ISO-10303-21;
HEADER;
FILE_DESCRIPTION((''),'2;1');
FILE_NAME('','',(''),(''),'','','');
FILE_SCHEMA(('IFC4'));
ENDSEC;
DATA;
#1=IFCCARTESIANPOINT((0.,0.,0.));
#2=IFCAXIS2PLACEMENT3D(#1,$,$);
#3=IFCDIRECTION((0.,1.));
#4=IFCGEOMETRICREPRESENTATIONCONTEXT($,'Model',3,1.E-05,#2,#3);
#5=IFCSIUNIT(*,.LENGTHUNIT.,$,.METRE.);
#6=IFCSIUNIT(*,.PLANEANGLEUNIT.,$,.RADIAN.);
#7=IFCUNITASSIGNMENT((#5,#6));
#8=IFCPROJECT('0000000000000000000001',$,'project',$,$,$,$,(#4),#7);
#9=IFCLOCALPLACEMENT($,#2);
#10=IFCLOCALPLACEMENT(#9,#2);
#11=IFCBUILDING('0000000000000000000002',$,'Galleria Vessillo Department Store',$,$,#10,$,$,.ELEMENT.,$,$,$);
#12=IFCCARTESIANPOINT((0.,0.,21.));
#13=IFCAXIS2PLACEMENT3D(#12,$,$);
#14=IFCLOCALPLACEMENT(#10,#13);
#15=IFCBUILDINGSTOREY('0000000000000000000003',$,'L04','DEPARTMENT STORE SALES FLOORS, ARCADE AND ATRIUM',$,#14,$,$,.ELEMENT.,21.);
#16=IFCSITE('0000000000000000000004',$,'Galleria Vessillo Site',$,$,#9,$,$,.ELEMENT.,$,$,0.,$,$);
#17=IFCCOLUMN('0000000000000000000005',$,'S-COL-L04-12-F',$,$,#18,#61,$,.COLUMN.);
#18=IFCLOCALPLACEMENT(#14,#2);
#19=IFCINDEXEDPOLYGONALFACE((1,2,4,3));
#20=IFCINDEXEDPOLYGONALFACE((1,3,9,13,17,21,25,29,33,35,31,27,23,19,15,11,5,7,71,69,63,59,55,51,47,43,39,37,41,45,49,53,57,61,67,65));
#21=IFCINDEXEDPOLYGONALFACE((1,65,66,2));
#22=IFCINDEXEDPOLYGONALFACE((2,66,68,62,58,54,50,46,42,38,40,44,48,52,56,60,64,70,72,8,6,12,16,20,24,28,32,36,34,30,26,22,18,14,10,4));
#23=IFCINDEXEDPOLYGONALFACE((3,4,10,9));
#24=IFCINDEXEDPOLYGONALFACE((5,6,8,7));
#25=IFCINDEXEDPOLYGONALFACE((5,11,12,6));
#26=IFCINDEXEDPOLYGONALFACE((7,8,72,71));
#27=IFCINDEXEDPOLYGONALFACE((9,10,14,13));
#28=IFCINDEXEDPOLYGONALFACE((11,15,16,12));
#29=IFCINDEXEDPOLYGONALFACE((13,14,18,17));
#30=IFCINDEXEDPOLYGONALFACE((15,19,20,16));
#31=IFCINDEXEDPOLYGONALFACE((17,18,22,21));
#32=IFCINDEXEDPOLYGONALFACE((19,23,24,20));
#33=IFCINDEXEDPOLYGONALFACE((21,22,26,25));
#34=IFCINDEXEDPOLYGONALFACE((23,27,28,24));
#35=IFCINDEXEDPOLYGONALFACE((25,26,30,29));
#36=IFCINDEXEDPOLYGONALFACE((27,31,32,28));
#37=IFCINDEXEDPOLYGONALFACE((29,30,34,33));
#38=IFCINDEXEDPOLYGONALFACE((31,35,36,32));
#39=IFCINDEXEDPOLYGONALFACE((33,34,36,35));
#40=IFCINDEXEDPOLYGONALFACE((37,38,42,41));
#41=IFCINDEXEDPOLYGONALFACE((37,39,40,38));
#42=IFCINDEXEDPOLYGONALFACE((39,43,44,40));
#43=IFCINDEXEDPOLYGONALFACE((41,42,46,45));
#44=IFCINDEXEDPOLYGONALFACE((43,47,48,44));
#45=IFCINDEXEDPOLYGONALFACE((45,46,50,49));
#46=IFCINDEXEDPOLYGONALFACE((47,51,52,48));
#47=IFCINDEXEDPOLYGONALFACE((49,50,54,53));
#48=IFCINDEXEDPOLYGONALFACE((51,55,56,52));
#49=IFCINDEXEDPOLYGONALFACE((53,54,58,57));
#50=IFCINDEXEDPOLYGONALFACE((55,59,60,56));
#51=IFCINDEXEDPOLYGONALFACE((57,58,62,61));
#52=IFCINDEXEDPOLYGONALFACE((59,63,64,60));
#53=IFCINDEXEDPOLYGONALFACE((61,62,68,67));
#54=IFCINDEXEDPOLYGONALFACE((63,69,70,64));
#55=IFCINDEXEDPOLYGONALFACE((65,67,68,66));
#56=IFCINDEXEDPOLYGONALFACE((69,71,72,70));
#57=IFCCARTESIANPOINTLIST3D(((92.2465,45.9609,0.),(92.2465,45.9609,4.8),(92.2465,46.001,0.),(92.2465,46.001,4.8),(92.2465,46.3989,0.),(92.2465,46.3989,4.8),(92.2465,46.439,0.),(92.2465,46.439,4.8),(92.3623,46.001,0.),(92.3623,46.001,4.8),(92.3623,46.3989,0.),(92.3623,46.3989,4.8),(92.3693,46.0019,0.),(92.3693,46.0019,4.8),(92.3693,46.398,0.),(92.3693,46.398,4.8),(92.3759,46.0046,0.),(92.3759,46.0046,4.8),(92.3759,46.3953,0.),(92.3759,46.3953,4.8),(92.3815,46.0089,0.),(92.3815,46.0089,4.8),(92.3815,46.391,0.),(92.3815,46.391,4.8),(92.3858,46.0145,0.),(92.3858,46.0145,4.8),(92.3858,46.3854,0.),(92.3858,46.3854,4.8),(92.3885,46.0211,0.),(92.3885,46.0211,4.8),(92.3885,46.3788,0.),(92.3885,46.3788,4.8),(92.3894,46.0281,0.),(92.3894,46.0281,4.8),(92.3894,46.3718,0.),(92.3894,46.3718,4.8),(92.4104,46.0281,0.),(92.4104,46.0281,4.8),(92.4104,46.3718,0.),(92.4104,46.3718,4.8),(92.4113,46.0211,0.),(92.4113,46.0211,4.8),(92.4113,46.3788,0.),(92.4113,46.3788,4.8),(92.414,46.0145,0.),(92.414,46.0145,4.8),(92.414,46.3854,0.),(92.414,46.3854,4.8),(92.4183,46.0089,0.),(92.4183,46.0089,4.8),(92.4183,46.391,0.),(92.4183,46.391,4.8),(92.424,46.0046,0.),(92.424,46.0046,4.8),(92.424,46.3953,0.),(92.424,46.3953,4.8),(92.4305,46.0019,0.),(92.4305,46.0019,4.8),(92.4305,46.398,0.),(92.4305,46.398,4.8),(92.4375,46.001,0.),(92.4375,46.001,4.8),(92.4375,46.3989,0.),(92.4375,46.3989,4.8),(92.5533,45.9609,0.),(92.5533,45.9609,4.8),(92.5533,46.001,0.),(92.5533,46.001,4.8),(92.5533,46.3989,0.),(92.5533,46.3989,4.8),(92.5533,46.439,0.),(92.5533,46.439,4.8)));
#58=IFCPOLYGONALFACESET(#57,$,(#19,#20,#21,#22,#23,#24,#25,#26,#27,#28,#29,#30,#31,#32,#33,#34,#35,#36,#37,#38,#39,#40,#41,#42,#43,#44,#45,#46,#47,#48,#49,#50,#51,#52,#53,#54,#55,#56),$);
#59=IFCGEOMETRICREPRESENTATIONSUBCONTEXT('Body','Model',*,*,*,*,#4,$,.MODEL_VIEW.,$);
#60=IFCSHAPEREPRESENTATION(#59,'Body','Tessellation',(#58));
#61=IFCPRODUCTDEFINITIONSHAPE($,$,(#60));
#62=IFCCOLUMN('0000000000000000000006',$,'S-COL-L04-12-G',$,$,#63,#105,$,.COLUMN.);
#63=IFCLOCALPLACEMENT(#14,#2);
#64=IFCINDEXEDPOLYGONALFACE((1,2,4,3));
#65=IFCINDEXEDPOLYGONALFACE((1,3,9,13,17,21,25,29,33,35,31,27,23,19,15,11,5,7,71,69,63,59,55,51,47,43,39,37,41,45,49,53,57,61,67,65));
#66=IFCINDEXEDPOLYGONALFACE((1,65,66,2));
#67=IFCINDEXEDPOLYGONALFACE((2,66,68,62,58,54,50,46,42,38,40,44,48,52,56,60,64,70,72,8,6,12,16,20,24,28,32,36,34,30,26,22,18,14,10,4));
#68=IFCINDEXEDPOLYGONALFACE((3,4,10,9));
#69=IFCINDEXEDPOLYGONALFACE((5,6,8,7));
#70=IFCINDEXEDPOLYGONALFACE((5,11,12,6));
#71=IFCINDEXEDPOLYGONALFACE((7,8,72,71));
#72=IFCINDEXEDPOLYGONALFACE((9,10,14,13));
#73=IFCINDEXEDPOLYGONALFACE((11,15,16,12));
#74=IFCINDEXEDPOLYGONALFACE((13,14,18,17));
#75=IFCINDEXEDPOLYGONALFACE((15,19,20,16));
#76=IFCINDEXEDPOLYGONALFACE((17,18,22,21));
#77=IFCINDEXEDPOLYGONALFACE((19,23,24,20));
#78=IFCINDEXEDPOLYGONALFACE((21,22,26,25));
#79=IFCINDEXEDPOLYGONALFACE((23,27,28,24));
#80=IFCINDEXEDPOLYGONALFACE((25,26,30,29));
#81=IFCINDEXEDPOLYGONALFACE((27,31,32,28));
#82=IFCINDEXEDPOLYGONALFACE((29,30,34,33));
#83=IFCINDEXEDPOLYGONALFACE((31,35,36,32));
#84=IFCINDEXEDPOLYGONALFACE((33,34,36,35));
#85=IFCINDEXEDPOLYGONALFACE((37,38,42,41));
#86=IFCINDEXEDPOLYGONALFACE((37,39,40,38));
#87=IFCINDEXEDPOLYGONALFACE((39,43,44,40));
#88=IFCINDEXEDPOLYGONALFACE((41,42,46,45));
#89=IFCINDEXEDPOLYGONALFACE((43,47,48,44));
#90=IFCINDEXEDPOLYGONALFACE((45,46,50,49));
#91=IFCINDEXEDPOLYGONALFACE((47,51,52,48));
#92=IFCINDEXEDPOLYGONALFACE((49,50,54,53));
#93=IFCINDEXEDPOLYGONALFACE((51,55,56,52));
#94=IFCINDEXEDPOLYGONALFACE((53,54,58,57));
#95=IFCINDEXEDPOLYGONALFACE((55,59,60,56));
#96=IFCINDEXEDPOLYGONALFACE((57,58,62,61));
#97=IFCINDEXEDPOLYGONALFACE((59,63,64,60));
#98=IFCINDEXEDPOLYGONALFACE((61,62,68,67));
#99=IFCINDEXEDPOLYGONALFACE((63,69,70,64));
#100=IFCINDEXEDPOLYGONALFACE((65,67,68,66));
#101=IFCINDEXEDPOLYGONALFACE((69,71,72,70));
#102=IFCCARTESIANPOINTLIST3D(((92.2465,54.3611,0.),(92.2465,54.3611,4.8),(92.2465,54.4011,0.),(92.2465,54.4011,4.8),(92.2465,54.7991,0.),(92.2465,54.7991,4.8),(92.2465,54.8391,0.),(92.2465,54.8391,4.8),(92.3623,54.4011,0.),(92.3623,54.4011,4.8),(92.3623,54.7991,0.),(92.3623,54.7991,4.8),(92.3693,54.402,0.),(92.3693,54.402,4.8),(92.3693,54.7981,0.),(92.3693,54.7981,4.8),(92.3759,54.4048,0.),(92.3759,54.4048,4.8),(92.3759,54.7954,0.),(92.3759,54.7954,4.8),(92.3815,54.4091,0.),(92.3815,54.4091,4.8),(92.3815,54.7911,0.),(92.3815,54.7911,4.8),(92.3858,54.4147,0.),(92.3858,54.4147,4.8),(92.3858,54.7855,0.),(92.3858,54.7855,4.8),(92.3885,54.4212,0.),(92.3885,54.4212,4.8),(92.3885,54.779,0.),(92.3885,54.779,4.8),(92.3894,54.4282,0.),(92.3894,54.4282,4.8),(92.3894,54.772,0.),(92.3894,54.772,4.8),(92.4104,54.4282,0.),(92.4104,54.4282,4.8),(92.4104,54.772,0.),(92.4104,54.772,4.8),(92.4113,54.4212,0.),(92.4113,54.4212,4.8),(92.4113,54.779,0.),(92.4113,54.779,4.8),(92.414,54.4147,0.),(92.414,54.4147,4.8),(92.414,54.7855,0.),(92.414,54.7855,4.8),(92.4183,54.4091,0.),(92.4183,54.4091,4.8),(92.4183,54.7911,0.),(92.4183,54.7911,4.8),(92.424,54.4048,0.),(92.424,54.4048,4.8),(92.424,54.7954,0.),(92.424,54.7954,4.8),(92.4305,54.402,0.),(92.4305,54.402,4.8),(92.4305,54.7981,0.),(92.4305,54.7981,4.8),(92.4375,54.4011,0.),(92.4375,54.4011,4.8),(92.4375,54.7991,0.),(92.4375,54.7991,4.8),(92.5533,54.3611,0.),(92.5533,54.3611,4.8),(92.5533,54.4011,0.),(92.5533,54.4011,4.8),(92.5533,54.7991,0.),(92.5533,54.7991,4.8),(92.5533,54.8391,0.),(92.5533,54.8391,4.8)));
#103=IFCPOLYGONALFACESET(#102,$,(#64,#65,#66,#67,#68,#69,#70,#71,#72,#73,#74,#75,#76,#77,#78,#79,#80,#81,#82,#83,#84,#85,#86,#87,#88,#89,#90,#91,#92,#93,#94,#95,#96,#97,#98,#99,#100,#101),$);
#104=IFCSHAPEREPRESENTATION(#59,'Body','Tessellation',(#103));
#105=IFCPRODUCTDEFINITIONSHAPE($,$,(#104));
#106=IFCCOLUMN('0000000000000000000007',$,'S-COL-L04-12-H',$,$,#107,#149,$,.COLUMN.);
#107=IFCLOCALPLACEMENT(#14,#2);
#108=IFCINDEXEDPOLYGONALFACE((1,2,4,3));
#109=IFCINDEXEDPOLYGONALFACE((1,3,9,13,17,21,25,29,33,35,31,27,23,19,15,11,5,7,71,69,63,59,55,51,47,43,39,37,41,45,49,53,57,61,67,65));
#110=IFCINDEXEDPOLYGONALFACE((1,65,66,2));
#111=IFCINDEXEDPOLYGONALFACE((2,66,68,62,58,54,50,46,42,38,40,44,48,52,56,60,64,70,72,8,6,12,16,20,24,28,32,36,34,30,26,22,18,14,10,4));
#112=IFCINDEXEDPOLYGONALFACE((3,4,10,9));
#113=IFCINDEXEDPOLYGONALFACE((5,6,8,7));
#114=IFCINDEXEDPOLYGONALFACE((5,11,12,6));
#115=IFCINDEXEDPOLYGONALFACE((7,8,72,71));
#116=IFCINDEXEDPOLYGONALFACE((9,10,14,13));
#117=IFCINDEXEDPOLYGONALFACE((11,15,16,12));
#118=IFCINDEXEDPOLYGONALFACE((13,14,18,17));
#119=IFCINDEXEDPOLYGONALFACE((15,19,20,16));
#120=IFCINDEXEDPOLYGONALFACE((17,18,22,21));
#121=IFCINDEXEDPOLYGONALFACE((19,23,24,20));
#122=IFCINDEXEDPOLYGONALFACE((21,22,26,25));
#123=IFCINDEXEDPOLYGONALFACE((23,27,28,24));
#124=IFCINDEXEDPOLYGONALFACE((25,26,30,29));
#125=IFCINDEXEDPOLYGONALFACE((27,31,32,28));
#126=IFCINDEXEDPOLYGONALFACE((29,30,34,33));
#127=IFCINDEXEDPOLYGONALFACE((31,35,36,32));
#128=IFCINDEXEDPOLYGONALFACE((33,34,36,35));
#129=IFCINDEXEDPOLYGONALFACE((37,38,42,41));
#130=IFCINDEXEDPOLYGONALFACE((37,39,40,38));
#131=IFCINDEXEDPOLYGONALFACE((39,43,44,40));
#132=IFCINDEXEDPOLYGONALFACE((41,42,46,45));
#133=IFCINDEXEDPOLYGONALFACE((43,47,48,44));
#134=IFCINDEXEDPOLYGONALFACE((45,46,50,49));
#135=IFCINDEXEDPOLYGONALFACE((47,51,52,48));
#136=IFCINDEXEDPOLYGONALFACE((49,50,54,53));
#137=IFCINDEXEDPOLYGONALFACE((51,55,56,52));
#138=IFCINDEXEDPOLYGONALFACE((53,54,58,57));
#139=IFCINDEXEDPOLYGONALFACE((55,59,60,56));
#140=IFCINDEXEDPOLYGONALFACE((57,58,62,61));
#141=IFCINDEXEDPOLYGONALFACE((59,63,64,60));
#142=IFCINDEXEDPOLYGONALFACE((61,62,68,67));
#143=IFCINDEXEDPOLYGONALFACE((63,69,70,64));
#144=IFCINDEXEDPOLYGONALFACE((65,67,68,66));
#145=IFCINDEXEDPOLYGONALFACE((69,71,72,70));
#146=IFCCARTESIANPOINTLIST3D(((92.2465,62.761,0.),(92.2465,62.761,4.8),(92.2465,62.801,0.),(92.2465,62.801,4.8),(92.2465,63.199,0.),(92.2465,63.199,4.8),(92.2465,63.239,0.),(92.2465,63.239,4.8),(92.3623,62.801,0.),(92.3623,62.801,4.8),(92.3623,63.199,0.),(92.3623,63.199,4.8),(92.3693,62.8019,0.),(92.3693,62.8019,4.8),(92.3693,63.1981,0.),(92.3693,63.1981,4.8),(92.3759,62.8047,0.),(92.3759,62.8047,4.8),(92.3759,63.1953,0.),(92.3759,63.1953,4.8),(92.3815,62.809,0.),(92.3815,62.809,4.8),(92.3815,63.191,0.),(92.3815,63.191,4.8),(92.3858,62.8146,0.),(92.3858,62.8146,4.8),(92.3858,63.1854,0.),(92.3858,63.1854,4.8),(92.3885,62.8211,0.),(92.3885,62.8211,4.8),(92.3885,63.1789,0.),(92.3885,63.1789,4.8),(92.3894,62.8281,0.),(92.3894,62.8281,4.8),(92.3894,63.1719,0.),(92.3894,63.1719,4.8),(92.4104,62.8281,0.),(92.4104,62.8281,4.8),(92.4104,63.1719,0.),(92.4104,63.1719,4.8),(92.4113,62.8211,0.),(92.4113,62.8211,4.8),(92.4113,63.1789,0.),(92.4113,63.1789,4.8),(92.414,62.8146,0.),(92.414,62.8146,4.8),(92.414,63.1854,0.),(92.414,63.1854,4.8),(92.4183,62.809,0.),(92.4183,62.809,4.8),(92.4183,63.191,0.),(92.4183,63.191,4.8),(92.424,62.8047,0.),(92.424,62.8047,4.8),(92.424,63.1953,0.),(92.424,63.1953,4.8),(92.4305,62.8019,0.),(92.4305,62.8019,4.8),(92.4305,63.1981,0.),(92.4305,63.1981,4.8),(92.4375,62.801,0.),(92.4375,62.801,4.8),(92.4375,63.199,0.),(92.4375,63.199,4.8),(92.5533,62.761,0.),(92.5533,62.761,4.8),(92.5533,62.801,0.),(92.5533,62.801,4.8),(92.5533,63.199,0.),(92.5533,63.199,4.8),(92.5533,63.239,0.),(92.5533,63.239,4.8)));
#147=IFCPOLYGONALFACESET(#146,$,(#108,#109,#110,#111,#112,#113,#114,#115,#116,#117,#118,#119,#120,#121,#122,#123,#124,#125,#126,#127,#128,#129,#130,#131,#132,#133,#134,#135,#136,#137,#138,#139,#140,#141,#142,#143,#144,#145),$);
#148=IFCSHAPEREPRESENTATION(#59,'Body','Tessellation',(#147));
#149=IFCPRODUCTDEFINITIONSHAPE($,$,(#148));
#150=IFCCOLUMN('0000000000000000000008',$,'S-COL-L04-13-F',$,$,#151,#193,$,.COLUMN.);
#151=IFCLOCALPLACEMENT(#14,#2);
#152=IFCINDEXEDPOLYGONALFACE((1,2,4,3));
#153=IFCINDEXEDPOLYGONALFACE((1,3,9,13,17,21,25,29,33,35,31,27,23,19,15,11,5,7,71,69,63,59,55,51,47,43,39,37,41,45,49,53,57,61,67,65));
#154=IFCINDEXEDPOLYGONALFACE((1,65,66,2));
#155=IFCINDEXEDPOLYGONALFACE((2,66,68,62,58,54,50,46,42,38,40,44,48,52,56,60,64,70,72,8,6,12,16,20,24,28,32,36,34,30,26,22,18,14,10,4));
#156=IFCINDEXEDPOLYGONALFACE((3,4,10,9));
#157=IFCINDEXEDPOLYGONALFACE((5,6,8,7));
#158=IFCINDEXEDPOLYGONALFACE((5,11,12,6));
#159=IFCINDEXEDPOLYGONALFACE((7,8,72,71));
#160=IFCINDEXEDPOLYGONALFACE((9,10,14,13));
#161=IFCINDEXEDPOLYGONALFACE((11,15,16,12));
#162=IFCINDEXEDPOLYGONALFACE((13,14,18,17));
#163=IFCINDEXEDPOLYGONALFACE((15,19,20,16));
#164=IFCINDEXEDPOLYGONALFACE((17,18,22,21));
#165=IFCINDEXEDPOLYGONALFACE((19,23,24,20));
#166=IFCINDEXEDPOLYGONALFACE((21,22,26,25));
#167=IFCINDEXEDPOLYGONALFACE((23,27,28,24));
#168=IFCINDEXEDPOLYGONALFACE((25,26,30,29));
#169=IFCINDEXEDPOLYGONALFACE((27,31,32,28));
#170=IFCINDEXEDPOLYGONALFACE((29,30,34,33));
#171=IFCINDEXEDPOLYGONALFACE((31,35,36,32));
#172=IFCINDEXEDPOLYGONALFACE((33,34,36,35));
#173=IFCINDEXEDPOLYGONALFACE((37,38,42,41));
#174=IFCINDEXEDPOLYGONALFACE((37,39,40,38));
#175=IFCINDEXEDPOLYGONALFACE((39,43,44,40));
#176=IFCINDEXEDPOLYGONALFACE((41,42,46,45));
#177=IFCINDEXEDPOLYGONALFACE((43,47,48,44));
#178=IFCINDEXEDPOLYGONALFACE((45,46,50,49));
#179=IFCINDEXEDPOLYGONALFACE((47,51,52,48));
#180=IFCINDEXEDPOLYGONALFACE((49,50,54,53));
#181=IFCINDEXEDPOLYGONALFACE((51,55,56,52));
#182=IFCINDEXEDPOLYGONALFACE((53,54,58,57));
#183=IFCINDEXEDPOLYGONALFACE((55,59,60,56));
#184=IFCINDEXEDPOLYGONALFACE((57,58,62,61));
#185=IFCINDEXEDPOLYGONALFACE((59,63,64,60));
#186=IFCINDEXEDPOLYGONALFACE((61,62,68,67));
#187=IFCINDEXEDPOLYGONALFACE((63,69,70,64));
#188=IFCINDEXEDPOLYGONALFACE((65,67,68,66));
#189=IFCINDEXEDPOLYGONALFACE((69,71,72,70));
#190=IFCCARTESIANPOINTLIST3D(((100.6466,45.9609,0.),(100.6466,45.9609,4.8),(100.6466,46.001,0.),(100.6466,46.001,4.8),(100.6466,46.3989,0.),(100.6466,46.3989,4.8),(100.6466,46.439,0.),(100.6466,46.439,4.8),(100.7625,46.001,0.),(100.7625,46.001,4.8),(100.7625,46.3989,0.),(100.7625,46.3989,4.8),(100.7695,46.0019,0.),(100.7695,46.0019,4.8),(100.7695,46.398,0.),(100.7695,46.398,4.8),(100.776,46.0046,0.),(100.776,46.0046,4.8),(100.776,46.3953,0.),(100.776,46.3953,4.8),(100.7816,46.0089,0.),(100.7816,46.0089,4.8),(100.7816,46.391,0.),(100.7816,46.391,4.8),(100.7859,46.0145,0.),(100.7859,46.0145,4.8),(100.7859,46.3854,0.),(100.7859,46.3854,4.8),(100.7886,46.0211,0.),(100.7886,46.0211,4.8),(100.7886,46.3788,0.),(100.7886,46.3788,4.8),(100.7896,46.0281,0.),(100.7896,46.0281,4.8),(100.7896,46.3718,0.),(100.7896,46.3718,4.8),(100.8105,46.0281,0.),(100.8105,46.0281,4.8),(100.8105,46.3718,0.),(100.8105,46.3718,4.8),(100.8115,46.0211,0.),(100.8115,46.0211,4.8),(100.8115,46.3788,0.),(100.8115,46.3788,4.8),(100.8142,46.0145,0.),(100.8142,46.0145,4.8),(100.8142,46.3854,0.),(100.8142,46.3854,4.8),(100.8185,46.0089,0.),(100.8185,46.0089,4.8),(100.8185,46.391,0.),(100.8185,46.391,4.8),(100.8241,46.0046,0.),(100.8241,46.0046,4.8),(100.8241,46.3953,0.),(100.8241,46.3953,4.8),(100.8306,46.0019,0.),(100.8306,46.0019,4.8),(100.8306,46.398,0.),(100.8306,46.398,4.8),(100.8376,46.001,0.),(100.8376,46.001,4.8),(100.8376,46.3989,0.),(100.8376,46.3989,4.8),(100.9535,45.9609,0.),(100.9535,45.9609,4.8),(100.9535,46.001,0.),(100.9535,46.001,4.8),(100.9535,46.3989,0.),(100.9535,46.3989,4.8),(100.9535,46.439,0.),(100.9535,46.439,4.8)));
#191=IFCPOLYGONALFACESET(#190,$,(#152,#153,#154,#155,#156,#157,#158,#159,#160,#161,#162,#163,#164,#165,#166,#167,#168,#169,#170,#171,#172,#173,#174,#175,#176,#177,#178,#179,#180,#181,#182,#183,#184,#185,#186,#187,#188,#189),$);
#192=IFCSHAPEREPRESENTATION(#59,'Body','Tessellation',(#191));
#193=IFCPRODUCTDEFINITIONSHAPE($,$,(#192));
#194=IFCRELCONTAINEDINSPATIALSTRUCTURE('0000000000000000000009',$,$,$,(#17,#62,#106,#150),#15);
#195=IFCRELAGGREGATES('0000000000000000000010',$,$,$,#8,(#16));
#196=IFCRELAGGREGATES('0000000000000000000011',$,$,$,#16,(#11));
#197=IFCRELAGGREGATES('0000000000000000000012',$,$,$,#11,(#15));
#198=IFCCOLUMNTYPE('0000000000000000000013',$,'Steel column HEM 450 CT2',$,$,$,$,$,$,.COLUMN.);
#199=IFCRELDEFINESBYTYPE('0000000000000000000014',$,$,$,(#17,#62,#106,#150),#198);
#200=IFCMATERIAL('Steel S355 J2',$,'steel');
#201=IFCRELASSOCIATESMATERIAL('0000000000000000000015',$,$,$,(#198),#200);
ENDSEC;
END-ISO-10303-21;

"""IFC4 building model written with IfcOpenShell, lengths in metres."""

from ifc_helpers import new_model, si_unit, direction, frame, origin, origin_2d, place, context, subcontext, project, spatial, i_section, extrude, material, material_profile, profile_set, type_object, element, save


model = new_model("IFC4")

# Units and contexts
model_context = context("Model", 3, precision=1e-05, world=origin(), true_north=direction((0.0, 1.0)))
body_context = subcontext(model_context, "Body", "Model", "MODEL_VIEW")
ifc_project = project(units=[si_unit("LENGTHUNIT", "METRE"), si_unit("PLANEANGLEUNIT", "RADIAN")], contexts=[model_context])

# Site, building, storey
site_placement = place(None, origin())
site = spatial("IfcSite", under=ifc_project, at=site_placement, Name="Galleria Vessillo Site", CompositionType="ELEMENT", RefElevation=0.0)
building_placement = place(site_placement, origin())
building = spatial("IfcBuilding", under=site, at=building_placement, Name="Galleria Vessillo Department Store", CompositionType="ELEMENT")
storey_placement = place(building_placement, frame((0.0, 0.0, 21.0)))
storey = spatial("IfcBuildingStorey", under=building, at=storey_placement, Name="L04", Description="DEPARTMENT STORE SALES FLOORS, ARCADE AND ATRIUM", CompositionType="ELEMENT", Elevation=21.0)

# Columns
ifc_material_1 = material(Name="Steel S355 J2", Category="steel")
ifc_material_profile_1 = material_profile(ifc_material_1, i_section(OverallWidth=0.3069, OverallDepth=0.478, WebThickness=0.021, FlangeThickness=0.04, FilletRadius=0.0271, at=origin_2d()), Name="HEM 450")
ifc_profile_set_1 = profile_set([ifc_material_profile_1], Name="Steel S355 J2")
column_type = type_object("IfcColumnType", Name="Steel column HEM 450 CT2", PredefinedType="COLUMN", material=ifc_profile_set_1)
for number, where, z_axis, x_axis, name in (
    (1, (92.3999, 46.2, 0.0), (0.0, 0.0, 1.0), (1.0, 0.0, 0.0), "S-COL-L04-12-F"),
    (2, (92.3999, 54.6001, 0.0), (0.0, 0.0, 1.0), (1.0, 0.0, 0.0), "S-COL-L04-12-G"),
    (3, (92.3999, 63.0, 0.0), (0.0, 0.0, 1.0), (1.0, 0.0, 0.0), "S-COL-L04-12-H"),
    (4, (100.8, 46.2, 0.0), (0.0, 0.0, 1.0), (1.0, 0.0, 0.0), "S-COL-L04-13-F"),
):
    element("IfcColumn", number, at=place(storey_placement, frame(where, z_axis=z_axis, x_axis=x_axis)), inside=storey, type_object=column_type, Name=name, PredefinedType="COLUMN", context=body_context, shape_type="SweptSolid", body=[
        extrude(i_section(OverallWidth=0.3069, OverallDepth=0.478, WebThickness=0.021, FlangeThickness=0.04, FilletRadius=0.0271, at=origin_2d()), origin(), (0.0, 0.0, 1.0), 4.8),
    ])

save(model, "model.ifc")
